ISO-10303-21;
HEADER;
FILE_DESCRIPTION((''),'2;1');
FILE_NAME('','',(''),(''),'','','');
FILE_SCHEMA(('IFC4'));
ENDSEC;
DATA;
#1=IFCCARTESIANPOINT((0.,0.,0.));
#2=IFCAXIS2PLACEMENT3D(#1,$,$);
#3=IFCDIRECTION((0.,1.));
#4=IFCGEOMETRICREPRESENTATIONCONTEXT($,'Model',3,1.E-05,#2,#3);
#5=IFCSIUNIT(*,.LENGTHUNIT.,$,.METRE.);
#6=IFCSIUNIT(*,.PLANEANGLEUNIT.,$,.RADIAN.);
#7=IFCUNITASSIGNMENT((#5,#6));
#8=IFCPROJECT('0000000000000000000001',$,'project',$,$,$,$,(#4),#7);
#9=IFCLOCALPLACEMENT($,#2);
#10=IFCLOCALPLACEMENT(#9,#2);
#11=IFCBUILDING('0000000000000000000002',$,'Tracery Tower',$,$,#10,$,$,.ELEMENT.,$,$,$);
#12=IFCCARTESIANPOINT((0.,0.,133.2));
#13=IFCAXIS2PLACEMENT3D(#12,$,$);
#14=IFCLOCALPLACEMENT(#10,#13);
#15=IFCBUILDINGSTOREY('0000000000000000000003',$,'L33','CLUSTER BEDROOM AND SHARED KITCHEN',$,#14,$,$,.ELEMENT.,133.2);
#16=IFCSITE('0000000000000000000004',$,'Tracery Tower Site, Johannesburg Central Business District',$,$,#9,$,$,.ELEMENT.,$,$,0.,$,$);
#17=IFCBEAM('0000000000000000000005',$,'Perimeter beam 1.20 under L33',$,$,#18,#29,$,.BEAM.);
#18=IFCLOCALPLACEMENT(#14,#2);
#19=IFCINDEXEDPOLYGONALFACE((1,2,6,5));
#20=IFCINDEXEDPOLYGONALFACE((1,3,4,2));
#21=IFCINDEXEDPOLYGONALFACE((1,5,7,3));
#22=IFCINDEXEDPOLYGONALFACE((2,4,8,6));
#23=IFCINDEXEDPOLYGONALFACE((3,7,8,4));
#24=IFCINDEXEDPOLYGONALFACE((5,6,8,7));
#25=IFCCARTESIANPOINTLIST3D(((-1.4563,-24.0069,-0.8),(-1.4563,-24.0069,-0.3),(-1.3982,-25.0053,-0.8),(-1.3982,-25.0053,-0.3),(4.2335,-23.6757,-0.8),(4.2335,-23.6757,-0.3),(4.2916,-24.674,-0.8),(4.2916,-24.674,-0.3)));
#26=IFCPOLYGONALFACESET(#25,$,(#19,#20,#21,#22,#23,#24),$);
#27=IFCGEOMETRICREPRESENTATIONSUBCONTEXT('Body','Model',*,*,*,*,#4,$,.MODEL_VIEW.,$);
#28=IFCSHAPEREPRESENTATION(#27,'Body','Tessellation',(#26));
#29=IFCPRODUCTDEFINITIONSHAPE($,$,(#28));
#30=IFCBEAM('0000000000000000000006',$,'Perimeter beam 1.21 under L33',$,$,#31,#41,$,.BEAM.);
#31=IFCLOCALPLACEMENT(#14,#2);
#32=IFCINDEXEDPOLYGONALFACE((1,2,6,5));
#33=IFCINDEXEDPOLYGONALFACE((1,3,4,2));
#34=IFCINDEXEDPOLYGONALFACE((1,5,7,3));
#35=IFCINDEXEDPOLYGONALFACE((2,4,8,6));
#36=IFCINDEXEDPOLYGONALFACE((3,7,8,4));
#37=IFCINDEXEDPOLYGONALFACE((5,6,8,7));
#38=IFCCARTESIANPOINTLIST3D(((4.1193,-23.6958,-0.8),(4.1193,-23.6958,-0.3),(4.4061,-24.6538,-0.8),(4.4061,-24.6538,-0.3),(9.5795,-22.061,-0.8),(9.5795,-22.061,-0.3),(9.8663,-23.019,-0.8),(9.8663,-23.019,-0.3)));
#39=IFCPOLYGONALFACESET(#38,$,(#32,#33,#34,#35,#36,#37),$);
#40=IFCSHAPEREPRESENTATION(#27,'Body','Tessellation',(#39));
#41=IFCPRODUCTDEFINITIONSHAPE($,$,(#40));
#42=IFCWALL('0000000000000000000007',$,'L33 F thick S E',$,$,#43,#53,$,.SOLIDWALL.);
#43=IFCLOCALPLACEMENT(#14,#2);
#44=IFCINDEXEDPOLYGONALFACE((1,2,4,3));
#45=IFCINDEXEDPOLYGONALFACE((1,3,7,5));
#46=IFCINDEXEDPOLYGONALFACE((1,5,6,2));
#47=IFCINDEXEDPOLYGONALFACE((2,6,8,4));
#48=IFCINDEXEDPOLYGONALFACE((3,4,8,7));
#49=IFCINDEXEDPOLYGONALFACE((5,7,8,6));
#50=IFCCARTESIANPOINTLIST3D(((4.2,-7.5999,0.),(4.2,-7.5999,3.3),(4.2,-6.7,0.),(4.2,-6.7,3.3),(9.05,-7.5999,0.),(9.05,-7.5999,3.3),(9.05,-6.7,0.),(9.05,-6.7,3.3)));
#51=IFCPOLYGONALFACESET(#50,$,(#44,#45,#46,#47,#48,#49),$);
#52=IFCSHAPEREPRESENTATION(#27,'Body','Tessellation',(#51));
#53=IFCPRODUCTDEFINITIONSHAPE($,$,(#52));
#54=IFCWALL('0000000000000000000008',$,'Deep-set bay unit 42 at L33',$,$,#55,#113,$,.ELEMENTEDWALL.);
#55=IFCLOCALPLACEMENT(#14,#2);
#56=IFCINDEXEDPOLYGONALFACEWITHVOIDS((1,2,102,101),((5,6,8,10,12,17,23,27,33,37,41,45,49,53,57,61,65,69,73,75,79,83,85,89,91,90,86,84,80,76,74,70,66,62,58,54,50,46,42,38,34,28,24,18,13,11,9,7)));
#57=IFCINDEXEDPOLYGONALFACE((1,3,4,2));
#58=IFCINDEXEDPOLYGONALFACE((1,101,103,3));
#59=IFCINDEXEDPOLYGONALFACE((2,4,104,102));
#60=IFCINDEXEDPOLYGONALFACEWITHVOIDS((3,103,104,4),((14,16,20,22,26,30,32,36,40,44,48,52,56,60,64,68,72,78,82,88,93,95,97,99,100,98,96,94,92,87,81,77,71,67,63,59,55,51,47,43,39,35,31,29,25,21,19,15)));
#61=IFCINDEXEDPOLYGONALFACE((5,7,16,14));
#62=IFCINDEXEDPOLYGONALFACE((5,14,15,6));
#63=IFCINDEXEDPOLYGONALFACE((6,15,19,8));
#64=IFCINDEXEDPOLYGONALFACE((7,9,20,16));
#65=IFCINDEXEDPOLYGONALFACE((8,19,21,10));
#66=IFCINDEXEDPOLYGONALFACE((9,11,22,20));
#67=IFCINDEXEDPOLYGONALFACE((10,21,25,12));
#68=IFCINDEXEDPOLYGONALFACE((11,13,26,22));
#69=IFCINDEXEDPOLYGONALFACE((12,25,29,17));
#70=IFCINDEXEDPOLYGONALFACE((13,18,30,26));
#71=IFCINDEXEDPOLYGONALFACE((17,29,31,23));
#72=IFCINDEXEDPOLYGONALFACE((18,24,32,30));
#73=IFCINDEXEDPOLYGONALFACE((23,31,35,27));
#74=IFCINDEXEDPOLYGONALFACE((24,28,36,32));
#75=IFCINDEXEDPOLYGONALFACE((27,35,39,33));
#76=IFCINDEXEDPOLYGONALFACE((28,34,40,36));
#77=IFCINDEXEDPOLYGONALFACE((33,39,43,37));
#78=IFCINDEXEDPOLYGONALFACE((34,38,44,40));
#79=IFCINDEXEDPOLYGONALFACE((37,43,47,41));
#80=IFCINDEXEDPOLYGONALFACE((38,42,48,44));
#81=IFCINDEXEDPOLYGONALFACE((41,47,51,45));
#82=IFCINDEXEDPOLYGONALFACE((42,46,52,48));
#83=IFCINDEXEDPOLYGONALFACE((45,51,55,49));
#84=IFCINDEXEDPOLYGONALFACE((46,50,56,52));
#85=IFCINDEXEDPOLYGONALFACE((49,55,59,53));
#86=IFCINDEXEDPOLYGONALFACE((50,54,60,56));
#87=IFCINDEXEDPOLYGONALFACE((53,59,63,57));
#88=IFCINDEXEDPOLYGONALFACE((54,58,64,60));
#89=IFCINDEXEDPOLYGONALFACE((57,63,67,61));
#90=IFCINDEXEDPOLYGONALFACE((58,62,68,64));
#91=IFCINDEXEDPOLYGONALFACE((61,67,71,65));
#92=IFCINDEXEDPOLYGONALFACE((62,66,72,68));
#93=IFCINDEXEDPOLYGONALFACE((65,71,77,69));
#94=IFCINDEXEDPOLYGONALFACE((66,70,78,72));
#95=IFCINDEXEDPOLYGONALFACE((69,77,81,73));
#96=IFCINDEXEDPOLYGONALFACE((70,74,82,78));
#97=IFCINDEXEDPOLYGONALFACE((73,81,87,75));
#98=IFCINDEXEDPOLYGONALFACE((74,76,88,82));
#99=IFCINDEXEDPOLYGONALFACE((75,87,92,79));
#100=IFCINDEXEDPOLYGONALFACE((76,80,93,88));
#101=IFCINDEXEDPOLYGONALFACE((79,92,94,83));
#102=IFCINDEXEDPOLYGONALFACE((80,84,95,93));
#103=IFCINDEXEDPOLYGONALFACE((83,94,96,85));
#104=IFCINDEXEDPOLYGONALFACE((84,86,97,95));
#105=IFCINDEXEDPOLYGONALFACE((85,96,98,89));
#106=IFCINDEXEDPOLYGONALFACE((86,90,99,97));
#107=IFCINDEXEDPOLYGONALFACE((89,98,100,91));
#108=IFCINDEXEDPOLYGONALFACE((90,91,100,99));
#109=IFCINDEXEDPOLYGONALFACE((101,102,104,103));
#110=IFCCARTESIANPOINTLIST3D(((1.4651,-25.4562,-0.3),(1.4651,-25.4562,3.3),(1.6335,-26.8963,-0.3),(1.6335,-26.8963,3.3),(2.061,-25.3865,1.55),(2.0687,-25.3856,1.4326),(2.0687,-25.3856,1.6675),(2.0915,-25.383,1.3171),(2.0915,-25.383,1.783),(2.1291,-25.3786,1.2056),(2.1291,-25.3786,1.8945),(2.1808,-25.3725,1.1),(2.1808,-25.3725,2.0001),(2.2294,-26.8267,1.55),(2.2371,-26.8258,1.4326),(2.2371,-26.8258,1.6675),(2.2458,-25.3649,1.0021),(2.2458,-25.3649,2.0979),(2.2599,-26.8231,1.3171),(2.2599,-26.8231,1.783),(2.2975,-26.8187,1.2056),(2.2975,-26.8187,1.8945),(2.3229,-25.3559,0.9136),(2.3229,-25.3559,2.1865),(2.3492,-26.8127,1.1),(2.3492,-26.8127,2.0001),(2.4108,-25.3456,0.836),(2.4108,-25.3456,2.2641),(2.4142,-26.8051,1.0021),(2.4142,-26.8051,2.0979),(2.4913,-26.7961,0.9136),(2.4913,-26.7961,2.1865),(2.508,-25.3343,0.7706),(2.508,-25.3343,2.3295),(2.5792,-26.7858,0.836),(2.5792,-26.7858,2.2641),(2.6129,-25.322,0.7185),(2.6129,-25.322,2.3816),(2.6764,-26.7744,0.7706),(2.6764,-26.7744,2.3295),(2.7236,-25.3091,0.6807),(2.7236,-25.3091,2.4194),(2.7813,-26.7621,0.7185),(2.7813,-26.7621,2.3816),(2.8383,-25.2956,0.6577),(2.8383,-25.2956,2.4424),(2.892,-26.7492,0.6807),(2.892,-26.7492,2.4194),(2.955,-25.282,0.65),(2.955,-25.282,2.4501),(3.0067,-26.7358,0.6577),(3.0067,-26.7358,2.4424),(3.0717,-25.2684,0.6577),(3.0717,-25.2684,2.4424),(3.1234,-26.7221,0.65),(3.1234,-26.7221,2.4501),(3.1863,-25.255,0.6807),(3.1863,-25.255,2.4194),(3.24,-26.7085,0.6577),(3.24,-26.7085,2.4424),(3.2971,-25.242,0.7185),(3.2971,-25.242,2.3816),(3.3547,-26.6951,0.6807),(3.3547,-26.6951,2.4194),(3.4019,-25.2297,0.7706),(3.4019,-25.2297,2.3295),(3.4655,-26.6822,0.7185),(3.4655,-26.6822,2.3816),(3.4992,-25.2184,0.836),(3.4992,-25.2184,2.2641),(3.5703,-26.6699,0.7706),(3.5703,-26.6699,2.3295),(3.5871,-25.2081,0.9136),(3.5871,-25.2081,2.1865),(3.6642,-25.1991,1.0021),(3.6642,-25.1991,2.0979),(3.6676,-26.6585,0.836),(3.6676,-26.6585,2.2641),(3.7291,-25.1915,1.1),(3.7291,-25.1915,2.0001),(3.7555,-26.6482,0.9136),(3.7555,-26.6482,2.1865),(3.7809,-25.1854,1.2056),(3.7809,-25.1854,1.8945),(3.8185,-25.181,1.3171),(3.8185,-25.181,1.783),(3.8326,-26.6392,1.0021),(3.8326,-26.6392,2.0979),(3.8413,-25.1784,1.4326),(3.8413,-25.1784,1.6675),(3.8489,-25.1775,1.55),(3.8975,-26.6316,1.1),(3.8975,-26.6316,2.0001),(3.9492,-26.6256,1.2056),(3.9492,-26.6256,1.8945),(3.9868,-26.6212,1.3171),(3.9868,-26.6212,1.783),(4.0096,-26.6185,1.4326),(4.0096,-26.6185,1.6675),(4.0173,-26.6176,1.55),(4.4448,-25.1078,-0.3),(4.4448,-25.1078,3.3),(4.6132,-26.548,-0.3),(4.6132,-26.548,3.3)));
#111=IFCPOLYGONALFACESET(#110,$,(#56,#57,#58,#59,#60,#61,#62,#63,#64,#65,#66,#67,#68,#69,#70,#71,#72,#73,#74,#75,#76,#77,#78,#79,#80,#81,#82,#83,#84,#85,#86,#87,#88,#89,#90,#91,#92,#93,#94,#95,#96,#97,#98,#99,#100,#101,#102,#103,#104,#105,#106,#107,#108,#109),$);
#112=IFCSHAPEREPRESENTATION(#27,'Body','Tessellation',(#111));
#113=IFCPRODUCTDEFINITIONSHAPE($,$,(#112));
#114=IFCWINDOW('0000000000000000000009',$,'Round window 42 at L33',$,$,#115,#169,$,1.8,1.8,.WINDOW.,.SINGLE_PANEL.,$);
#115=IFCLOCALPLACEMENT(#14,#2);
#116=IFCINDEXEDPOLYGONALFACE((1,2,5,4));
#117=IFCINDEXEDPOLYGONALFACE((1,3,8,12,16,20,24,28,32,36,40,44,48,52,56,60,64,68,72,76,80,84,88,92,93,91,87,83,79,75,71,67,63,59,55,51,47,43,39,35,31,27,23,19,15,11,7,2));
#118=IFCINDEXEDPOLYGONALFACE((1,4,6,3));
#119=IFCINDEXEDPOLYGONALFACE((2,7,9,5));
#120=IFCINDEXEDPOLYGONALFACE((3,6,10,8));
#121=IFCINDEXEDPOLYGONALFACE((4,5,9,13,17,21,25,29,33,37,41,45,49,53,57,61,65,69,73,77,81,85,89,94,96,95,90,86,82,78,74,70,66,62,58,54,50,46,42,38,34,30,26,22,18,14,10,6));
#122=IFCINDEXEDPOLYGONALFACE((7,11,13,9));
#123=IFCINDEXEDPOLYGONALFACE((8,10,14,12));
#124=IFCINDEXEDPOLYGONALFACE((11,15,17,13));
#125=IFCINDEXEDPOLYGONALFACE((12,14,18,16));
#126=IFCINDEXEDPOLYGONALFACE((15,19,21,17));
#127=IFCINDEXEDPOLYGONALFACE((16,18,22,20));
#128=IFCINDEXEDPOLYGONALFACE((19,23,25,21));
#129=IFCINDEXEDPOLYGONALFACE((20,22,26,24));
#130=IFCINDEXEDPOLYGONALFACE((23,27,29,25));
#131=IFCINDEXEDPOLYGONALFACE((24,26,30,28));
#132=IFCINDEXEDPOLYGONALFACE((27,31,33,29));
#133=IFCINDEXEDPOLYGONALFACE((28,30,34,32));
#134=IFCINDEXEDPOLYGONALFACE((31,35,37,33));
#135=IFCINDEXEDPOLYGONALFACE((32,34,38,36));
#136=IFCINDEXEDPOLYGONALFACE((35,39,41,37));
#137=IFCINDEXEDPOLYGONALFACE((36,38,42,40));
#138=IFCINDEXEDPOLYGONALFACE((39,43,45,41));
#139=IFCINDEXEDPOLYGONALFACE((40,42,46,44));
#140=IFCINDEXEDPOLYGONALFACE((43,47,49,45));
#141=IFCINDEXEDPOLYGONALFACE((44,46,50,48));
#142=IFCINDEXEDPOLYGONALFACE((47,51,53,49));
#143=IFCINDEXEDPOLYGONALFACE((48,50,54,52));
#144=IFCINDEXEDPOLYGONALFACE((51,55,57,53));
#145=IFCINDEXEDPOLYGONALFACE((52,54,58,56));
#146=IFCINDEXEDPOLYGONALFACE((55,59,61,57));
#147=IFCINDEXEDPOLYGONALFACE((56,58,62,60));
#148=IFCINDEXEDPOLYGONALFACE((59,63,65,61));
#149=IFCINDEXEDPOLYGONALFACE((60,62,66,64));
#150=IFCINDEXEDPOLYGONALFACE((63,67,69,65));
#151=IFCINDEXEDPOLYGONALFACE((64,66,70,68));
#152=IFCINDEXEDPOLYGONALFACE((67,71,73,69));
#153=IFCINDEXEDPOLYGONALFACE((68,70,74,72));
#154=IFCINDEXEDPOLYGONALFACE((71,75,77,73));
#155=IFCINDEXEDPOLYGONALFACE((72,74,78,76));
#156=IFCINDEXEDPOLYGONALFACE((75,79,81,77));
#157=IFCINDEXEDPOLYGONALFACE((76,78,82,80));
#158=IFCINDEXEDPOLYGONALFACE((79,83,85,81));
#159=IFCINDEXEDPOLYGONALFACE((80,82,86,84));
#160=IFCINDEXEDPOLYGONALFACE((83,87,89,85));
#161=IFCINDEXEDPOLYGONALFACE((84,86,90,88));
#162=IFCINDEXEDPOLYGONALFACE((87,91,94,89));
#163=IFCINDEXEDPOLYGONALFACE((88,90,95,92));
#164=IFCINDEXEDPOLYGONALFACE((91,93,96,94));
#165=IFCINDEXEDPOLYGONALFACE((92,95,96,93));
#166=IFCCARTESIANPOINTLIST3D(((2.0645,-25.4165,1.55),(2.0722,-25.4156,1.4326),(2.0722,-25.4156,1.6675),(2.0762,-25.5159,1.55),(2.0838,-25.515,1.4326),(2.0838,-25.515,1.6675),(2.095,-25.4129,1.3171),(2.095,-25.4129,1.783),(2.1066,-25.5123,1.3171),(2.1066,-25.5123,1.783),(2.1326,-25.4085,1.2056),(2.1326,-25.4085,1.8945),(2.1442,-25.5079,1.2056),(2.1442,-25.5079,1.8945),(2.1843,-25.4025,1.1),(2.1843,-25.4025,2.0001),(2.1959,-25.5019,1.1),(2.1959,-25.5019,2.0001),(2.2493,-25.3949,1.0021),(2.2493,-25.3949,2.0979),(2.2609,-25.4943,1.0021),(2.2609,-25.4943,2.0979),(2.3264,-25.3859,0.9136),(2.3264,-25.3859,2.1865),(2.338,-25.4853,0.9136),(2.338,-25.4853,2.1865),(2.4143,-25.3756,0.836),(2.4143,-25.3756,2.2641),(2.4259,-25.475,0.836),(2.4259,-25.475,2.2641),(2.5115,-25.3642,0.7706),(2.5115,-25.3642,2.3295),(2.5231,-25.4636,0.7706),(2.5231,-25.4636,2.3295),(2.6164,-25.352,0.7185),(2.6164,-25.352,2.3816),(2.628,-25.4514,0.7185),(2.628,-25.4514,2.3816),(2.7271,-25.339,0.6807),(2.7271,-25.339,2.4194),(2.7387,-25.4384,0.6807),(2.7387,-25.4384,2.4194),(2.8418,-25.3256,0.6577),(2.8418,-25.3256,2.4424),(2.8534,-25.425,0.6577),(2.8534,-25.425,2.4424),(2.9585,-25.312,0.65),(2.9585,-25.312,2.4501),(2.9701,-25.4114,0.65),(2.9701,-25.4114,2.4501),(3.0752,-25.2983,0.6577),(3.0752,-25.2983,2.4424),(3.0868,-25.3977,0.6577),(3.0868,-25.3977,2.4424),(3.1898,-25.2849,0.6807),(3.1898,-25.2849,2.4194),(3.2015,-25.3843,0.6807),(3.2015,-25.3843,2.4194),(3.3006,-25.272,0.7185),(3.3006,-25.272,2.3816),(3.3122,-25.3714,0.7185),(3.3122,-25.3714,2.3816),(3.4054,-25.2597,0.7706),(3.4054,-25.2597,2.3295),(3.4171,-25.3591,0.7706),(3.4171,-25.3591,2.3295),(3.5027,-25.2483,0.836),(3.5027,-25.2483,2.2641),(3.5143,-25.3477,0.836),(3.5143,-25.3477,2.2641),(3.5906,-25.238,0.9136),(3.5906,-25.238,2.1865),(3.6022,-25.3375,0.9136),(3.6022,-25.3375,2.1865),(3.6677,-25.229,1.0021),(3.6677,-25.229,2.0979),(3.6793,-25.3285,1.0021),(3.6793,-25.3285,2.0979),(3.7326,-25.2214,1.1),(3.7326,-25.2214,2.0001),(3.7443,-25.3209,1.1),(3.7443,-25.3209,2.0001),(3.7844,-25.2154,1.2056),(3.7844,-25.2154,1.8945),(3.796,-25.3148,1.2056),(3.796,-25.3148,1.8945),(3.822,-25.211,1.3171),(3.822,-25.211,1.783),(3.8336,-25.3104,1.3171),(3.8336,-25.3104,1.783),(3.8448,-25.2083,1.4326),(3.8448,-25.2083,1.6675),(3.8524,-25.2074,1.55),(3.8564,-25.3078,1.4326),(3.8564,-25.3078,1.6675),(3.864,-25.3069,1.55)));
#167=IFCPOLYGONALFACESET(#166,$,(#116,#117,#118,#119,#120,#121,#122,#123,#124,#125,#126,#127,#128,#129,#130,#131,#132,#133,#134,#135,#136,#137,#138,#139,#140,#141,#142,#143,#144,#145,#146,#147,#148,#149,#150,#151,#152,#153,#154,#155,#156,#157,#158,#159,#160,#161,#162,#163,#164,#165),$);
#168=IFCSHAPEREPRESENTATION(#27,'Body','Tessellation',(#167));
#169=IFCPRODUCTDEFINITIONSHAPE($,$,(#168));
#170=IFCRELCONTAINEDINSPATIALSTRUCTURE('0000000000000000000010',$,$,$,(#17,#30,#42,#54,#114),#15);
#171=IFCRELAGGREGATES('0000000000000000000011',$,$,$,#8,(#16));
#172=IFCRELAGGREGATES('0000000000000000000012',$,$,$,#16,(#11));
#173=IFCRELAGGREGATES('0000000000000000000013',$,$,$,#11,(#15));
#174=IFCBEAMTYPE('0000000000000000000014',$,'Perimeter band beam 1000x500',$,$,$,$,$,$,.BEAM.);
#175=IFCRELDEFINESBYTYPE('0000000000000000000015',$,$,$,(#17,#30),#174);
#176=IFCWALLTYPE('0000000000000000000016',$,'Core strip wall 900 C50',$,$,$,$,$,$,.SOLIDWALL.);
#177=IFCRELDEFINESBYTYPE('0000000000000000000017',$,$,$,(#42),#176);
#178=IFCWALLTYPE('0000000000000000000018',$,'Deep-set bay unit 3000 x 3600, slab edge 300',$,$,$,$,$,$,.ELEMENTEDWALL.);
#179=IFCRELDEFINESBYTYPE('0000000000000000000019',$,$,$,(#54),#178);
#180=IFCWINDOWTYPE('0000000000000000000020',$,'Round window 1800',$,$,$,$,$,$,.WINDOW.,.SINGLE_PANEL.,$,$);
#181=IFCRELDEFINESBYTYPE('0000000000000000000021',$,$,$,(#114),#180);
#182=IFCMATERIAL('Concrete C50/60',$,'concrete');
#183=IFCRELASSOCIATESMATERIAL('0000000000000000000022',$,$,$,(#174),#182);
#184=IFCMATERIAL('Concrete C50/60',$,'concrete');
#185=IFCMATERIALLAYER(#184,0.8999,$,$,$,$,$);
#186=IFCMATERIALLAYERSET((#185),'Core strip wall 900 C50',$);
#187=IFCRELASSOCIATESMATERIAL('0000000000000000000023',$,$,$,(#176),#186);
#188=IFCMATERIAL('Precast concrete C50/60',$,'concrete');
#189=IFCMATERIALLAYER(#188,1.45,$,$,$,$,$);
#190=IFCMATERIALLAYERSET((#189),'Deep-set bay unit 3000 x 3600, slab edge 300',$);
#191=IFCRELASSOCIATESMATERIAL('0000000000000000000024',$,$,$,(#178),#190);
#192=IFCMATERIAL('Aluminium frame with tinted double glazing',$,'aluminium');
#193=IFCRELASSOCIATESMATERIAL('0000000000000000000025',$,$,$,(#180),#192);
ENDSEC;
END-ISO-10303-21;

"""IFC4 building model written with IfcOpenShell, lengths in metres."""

from ifc_helpers import new_model, si_unit, direction, frame, frame_2d, origin, origin_2d, place, context, subcontext, project, spatial, rectangle, circle, extrude, material, layer, layer_set, material_profile, profile_set, type_object, element, fill, save


model = new_model("IFC4")

# Units and contexts
model_context = context("Model", 3, precision=1e-05, world=origin(), true_north=direction((0.0, 1.0)))
body_context = subcontext(model_context, "Body", "Model", "MODEL_VIEW")
ifc_project = project(units=[si_unit("LENGTHUNIT", "METRE"), si_unit("PLANEANGLEUNIT", "RADIAN")], contexts=[model_context])

# Site, building, storey
site_placement = place(None, origin())
site = spatial("IfcSite", under=ifc_project, at=site_placement, Name="Tracery Tower Site, Johannesburg Central Business District", CompositionType="ELEMENT", RefElevation=0.0)
building_placement = place(site_placement, origin())
building = spatial("IfcBuilding", under=site, at=building_placement, Name="Tracery Tower", CompositionType="ELEMENT")
storey_placement = place(building_placement, frame((0.0, 0.0, 133.2)))
storey = spatial("IfcBuildingStorey", under=building, at=storey_placement, Name="L33", Description="CLUSTER BEDROOM AND SHARED KITCHEN", CompositionType="ELEMENT", Elevation=133.2)

# Beams
ifc_material_1 = material(Name="Concrete C50/60", Category="concrete")
ifc_material_profile_1 = material_profile(ifc_material_1, rectangle(XDim=1.0, YDim=0.5, at=origin_2d()), Name="RC 1000x500")
ifc_profile_set_1 = profile_set([ifc_material_profile_1], Name="Concrete C50/60")
beam_type = type_object("IfcBeamType", Name="Perimeter band beam 1000x500", PredefinedType="BEAM", material=ifc_profile_set_1)
beam_1_placement = place(storey_placement, frame((-1.4272, -24.5061, -0.55), z_axis=(0.998309, 0.058127, 0.0), x_axis=(-0.058127, 0.998309, 0.0)))
element("IfcBeam", 1, at=beam_1_placement, inside=storey, type_object=beam_type, Name="Perimeter beam 1.20 under L33", PredefinedType="BEAM", context=body_context, shape_type="SweptSolid", body=[
    extrude(rectangle(XDim=1.0, YDim=0.5, at=origin_2d()), origin(), (0.0, 0.0, 1.0), 5.6995),
])
beam_2_placement = place(storey_placement, frame((4.2627, -24.1748, -0.55), z_axis=(0.957985, 0.286817, 0.0), x_axis=(-0.286817, 0.957985, 0.0)))
element("IfcBeam", 2, at=beam_2_placement, inside=storey, type_object=beam_type, Name="Perimeter beam 1.21 under L33", PredefinedType="BEAM", context=body_context, shape_type="SweptSolid", body=[
    extrude(rectangle(XDim=1.0, YDim=0.5, at=origin_2d()), origin(), (0.0, 0.0, 1.0), 5.6997),
])

# Wall
ifc_material_2 = material(Name="Concrete C50/60", Category="concrete")
ifc_layer_1 = layer(ifc_material_2, 0.8999)
ifc_layer_set_1 = layer_set([ifc_layer_1], Name="Core strip wall 900 C50")
wall_type_1 = type_object("IfcWallType", Name="Core strip wall 900 C50", PredefinedType="SOLIDWALL", material=ifc_layer_set_1)
wall_1_placement = place(storey_placement, frame((4.2, -7.1499, 0.0), z_axis=(0.0, 0.0, 1.0), x_axis=(1.0, 0.0, 0.0)))
element("IfcWall", 3, at=wall_1_placement, inside=storey, type_object=wall_type_1, Name="L33 F thick S E", PredefinedType="SOLIDWALL", context=body_context, shape_type="SweptSolid", body=[
    extrude(rectangle(XDim=4.8501, YDim=0.8999, at=frame_2d((2.425, 0.0))), origin(), (0.0, 0.0, 1.0), 3.3),
])

# Wall, opening, window
ifc_material_3 = material(Name="Precast concrete C50/60", Category="concrete")
ifc_layer_2 = layer(ifc_material_3, 1.45)
ifc_layer_set_2 = layer_set([ifc_layer_2], Name="Deep-set bay unit 3000 x 3600, slab edge 300")
wall_type_2 = type_object("IfcWallType", Name="Deep-set bay unit 3000 x 3600, slab edge 300", PredefinedType="ELEMENTEDWALL", material=ifc_layer_set_2)
wall_2_placement = place(storey_placement, frame((1.5493, -26.1763, -0.3), z_axis=(0.0, 0.0, 1.0), x_axis=(0.993234, 0.116128, 0.0)))
wall_2 = element("IfcWall", 4, at=wall_2_placement, inside=storey, type_object=wall_type_2, Name="Deep-set bay unit 42 at L33", PredefinedType="ELEMENTEDWALL", context=body_context, shape_type="SweptSolid", body=[
    extrude(rectangle(XDim=3.0, YDim=1.45, at=frame_2d((1.5, 0.0))), origin(), (0.0, 0.0, 1.0), 3.6001),
])
opening_1_placement = place(wall_2_placement, frame((1.5, 0.0, 1.8501)))
opening_1 = element("IfcOpeningElement", 5, at=opening_1_placement, cuts=wall_2, PredefinedType="OPENING", context=body_context, shape_type="SweptSolid", body=[
    extrude(circle(Radius=0.9, at=origin_2d()), frame((0.0, 0.7349, 0.0), z_axis=(0.0, -1.0, 0.0), x_axis=(1.0, 0.0, 0.0)), (0.0, 0.0, 1.0), 1.47),
])
ifc_material_4 = material(Name="Aluminium frame with tinted double glazing", Category="aluminium")
window_type = type_object("IfcWindowType", Name="Round window 1800", PartitioningType="SINGLE_PANEL", PredefinedType="WINDOW", material=ifc_material_4)
window_1_placement = place(opening_1_placement, origin())
window_1 = element("IfcWindow", 6, at=window_1_placement, inside=storey, type_object=window_type, Name="Round window 42 at L33", OverallHeight=1.8, OverallWidth=1.8, PartitioningType="SINGLE_PANEL", PredefinedType="WINDOW", context=body_context, shape_type="SweptSolid", body=[
    extrude(circle(Radius=0.9, at=origin_2d()), frame((0.0, 0.6948, 0.0), z_axis=(0.0, -1.0, 0.0), x_axis=(1.0, 0.0, 0.0)), (0.0, 0.0, 1.0), 0.1001),
])
fill(opening_1, window_1)

save(model, "model.ifc")
